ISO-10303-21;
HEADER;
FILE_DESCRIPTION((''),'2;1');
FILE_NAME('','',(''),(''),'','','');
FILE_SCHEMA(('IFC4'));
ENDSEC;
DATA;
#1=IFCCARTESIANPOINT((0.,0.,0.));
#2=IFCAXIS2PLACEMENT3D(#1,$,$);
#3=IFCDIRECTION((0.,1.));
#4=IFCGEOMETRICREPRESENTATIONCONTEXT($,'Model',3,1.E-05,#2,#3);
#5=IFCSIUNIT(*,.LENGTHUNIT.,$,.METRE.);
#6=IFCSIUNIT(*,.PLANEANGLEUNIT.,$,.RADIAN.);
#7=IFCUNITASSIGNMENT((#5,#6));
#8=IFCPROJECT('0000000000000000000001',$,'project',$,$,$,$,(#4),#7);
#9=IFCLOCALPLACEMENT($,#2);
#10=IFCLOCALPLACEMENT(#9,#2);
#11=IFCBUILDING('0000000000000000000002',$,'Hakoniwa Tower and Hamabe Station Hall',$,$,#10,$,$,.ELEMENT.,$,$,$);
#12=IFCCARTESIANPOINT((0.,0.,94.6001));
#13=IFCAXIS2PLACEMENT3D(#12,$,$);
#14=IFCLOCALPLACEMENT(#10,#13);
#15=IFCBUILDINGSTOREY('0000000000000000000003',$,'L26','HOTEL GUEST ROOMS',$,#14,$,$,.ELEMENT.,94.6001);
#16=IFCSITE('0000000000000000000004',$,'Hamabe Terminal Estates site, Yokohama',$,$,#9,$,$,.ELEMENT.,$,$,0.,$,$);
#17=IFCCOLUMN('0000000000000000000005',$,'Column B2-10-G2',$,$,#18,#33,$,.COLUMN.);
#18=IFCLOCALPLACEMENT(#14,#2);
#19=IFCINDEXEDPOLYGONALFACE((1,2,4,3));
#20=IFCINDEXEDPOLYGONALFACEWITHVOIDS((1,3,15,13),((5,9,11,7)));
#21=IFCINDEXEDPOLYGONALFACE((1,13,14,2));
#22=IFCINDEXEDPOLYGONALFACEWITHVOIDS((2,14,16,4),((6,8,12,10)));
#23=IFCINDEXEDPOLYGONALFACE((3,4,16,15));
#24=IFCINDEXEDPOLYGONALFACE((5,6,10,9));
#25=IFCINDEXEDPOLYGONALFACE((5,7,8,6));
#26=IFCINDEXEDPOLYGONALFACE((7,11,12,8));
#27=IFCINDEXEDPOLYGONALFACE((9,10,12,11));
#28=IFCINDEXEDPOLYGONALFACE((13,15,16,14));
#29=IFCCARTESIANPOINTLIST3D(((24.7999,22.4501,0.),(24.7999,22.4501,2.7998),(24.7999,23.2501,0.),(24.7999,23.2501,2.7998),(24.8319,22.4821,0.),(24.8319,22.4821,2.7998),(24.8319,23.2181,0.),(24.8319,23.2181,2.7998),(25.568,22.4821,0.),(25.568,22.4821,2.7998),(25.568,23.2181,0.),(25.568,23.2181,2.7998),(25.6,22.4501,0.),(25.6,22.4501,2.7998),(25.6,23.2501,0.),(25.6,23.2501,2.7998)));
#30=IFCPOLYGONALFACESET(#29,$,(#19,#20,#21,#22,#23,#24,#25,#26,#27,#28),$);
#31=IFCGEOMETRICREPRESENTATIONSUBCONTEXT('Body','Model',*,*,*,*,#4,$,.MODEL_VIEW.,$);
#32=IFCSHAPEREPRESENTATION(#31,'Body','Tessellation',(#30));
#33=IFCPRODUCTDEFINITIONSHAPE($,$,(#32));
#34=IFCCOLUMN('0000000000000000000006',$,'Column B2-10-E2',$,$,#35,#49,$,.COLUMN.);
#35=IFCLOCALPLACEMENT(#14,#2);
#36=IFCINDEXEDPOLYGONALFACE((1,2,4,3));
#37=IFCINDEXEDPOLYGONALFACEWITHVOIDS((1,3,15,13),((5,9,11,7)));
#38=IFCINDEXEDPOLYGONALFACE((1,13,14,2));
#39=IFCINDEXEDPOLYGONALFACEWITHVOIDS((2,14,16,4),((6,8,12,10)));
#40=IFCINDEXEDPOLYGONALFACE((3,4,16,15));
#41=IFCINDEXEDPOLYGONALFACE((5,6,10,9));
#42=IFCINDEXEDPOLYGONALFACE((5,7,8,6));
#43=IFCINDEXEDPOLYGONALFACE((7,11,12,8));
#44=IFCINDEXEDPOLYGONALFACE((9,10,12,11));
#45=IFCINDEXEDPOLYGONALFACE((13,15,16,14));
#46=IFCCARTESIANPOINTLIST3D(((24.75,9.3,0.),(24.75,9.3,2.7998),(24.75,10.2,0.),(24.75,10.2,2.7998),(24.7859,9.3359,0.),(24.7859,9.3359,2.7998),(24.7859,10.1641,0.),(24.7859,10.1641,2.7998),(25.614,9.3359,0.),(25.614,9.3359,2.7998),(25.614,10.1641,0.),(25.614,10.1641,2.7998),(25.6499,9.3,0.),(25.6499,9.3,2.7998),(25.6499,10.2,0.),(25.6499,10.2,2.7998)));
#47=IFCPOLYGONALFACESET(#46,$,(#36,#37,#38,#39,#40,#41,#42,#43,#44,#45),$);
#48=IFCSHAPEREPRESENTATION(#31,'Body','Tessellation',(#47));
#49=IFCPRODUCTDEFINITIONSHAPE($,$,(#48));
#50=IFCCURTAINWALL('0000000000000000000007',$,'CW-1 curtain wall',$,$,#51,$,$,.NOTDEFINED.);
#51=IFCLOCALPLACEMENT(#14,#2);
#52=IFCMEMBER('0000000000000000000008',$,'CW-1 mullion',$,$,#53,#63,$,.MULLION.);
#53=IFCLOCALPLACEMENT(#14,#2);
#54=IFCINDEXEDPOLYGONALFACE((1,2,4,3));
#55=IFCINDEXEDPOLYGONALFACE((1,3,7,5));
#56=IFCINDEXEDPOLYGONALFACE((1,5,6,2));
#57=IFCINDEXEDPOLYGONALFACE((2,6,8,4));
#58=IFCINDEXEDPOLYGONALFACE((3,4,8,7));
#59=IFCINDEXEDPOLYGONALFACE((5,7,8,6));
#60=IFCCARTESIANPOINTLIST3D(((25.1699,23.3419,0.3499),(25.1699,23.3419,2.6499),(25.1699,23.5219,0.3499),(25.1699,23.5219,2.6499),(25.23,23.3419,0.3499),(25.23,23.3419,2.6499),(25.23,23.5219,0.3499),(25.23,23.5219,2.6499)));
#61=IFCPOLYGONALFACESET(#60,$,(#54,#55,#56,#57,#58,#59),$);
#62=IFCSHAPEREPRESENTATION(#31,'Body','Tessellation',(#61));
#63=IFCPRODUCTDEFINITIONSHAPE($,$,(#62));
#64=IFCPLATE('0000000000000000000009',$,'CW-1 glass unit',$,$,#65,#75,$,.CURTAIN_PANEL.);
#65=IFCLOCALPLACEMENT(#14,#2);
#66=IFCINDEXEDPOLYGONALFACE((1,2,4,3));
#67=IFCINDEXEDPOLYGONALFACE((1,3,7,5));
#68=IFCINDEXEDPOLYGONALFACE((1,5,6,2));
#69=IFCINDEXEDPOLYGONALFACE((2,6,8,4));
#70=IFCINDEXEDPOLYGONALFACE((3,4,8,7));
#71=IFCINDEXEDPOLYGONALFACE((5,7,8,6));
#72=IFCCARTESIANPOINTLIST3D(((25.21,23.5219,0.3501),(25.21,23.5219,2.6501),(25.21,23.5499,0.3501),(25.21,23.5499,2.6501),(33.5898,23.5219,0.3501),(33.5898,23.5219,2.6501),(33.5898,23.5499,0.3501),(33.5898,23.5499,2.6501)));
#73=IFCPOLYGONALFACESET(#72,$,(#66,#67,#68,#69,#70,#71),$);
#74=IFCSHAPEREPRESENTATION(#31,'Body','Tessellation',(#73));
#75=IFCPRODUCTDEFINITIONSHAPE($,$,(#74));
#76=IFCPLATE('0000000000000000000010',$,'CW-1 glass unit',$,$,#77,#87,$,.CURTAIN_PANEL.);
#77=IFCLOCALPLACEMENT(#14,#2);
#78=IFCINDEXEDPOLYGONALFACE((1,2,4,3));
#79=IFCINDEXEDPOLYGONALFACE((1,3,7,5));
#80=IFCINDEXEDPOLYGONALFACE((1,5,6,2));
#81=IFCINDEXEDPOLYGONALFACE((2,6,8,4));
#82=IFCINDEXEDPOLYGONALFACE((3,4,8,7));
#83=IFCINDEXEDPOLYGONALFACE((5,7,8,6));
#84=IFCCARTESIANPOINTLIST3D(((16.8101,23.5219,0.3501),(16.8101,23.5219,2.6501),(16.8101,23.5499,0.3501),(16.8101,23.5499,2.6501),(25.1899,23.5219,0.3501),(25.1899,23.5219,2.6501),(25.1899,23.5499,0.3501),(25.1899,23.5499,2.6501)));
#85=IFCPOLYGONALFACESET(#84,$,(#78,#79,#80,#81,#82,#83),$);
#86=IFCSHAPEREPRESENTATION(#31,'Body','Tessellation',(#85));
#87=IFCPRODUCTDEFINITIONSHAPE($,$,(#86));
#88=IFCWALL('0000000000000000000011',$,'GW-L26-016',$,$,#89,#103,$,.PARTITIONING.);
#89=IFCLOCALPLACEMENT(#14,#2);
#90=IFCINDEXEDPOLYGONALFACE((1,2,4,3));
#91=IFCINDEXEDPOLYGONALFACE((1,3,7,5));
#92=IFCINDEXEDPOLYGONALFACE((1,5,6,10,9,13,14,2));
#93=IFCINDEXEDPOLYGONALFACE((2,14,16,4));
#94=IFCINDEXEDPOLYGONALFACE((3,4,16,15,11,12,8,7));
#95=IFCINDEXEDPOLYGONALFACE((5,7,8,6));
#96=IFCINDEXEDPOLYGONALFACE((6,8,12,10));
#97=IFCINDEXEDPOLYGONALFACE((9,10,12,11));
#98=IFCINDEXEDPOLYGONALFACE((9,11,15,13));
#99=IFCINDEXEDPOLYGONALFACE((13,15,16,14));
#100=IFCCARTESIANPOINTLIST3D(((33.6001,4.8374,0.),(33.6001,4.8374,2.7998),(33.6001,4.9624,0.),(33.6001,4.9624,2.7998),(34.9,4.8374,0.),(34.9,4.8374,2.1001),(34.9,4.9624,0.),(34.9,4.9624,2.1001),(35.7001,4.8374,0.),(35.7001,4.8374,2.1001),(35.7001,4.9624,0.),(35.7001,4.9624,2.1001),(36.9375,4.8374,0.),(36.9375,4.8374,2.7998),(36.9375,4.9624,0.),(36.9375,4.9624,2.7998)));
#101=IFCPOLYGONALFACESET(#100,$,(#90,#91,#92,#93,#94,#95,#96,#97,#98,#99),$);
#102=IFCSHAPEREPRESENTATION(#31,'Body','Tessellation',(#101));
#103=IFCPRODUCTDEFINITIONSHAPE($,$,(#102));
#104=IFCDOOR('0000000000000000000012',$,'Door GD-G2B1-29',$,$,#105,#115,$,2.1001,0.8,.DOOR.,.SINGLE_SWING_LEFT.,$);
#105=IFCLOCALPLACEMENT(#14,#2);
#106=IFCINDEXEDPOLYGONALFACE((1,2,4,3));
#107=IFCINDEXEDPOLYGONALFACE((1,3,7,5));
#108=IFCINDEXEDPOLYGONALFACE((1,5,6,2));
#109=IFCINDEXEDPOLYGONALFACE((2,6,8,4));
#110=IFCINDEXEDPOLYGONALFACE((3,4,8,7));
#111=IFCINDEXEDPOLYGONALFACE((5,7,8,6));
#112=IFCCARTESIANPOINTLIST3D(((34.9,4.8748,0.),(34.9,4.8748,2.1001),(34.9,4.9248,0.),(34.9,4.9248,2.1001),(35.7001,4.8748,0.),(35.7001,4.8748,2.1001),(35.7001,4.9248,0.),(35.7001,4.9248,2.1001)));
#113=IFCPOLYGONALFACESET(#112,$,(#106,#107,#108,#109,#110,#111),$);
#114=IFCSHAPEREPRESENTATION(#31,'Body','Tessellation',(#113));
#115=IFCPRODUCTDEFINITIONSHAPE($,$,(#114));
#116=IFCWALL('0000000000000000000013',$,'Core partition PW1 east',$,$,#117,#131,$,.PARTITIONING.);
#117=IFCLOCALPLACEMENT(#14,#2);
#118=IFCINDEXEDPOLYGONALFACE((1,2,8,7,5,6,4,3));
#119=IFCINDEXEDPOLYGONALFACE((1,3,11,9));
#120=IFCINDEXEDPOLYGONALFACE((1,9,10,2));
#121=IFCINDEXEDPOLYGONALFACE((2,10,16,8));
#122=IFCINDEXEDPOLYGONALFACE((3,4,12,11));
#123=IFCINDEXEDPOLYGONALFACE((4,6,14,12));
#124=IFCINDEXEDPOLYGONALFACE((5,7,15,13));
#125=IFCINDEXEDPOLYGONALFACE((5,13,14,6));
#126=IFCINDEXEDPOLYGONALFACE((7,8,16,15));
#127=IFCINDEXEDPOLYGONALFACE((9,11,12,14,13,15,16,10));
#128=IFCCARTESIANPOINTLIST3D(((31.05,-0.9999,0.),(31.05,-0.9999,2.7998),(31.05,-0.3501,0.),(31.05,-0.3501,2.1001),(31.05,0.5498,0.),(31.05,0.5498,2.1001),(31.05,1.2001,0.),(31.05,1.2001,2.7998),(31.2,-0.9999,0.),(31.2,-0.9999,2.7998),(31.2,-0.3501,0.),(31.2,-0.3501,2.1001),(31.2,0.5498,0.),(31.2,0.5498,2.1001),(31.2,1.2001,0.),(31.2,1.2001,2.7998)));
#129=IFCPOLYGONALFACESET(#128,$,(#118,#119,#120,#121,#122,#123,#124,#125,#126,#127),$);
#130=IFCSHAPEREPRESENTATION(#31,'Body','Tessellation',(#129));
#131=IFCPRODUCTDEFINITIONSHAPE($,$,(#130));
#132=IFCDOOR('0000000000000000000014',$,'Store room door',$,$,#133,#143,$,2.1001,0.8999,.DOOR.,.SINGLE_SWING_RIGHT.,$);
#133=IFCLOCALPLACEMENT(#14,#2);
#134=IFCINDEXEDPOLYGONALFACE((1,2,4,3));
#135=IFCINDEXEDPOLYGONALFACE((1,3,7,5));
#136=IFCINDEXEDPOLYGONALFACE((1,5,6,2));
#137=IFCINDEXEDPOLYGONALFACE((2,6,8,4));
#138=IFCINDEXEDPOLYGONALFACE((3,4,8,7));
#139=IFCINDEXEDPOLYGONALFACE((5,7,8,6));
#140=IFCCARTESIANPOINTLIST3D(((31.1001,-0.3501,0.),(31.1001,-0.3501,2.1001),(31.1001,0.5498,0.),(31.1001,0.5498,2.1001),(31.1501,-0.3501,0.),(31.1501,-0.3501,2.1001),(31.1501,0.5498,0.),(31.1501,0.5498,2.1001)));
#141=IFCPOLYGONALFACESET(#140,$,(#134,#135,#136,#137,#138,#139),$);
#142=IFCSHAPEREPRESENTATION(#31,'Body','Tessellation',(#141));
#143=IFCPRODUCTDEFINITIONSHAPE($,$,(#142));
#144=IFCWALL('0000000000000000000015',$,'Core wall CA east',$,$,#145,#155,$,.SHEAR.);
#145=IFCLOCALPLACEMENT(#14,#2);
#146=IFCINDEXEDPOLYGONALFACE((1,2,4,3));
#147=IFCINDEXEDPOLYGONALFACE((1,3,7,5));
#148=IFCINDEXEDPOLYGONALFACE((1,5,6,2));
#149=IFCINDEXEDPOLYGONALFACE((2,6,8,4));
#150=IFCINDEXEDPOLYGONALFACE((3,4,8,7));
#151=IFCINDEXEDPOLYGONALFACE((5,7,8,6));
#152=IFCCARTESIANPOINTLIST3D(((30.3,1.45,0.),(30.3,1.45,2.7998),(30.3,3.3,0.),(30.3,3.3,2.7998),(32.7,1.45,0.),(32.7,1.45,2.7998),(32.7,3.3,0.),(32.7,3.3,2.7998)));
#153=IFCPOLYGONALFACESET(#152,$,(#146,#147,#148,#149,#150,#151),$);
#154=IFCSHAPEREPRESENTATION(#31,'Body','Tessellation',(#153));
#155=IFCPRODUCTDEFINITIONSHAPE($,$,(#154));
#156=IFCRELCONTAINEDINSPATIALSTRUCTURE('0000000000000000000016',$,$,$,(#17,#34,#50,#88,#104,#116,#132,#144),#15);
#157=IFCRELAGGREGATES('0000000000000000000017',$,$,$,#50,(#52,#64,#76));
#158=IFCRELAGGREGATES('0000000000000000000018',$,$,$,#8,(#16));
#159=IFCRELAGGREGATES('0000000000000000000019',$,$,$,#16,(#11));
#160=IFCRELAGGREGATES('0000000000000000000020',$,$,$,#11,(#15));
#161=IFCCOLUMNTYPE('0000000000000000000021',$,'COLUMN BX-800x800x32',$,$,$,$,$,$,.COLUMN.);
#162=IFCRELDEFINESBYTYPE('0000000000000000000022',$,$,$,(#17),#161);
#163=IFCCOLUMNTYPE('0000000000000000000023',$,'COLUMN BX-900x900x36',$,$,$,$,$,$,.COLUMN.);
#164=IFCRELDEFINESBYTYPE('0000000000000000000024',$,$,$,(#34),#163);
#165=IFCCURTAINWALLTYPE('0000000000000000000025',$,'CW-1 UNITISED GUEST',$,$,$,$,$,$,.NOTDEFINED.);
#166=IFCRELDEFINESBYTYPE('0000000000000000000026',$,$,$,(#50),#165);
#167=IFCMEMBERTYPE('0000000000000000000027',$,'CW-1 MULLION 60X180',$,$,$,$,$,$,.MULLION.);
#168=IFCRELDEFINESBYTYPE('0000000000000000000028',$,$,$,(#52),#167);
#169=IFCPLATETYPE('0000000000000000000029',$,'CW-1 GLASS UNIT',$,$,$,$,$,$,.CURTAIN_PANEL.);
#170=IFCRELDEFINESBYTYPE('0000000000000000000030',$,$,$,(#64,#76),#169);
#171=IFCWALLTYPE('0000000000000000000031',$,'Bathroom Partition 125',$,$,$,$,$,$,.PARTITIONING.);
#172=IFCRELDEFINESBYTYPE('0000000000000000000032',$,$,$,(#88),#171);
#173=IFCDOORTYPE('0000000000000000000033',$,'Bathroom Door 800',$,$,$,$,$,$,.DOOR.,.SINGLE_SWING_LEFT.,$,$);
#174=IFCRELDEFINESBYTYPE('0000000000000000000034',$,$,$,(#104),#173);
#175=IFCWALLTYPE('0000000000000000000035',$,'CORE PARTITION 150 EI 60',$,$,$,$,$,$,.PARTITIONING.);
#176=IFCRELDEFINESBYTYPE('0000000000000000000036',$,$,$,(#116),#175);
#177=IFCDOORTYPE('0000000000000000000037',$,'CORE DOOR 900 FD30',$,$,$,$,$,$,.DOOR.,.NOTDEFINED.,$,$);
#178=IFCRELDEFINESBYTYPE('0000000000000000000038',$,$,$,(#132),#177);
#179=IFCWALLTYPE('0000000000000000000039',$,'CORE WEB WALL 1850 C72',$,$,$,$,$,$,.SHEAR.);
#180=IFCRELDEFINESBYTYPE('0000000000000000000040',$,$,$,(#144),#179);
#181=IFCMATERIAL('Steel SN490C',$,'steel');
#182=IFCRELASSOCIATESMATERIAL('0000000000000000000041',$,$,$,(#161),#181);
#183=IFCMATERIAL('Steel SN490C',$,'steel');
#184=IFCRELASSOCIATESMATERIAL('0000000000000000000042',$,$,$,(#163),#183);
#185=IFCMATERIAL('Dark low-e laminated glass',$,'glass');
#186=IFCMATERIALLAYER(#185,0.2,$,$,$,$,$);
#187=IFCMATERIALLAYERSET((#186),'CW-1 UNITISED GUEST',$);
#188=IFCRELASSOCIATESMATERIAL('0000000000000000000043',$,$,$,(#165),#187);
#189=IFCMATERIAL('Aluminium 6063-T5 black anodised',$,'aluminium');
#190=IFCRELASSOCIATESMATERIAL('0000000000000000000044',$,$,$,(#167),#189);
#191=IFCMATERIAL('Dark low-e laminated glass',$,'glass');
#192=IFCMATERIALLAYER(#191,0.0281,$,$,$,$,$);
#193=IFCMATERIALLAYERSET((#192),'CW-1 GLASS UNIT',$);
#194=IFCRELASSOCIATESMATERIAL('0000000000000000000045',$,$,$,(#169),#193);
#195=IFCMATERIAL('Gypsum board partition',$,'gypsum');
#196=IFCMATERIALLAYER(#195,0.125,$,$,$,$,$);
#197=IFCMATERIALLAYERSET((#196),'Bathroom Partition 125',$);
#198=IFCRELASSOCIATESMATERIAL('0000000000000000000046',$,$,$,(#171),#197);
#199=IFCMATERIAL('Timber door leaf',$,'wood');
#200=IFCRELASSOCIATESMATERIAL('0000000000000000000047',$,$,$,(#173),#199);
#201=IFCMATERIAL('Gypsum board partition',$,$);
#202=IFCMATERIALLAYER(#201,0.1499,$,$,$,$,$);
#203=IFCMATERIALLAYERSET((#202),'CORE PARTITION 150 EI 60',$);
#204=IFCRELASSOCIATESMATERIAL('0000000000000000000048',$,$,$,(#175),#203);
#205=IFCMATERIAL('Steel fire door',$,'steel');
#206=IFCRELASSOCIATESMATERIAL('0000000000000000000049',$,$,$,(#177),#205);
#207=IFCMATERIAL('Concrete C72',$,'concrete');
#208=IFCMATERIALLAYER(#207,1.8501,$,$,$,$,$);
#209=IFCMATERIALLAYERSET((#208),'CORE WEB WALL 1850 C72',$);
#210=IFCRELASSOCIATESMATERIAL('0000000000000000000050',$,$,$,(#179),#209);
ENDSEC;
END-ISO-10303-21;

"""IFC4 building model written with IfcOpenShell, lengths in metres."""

from ifc_helpers import new_model, si_unit, direction, frame, frame_2d, origin, origin_2d, place, context, subcontext, project, spatial, rectangle, hollow_rectangle, extrude, material, layer, layer_set, material_profile, profile_set, type_object, element, fill, aggregate, save


model = new_model("IFC4")

# Units and contexts
model_context = context("Model", 3, precision=1e-05, world=origin(), true_north=direction((0.0, 1.0)))
body_context = subcontext(model_context, "Body", "Model", "MODEL_VIEW")
ifc_project = project(units=[si_unit("LENGTHUNIT", "METRE"), si_unit("PLANEANGLEUNIT", "RADIAN")], contexts=[model_context])

# Site, building, storey
site_placement = place(None, origin())
site = spatial("IfcSite", under=ifc_project, at=site_placement, Name="Hamabe Terminal Estates site, Yokohama", CompositionType="ELEMENT", RefElevation=0.0)
building_placement = place(site_placement, origin())
building = spatial("IfcBuilding", under=site, at=building_placement, Name="Hakoniwa Tower and Hamabe Station Hall", CompositionType="ELEMENT")
storey_placement = place(building_placement, frame((0.0, 0.0, 94.6001)))
storey = spatial("IfcBuildingStorey", under=building, at=storey_placement, Name="L26", Description="HOTEL GUEST ROOMS", CompositionType="ELEMENT", Elevation=94.6001)

# Columns
ifc_material_1 = material(Name="Steel SN490C", Category="steel")
ifc_material_profile_1 = material_profile(ifc_material_1, hollow_rectangle(XDim=0.8, YDim=0.8, WallThickness=0.032, at=origin_2d()), Name="BX-800x800x32")
ifc_profile_set_1 = profile_set([ifc_material_profile_1], Name="Steel SN490C")
column_type_1 = type_object("IfcColumnType", Name="COLUMN BX-800x800x32", PredefinedType="COLUMN", material=ifc_profile_set_1)
column_1_placement = place(storey_placement, frame((25.2, 22.8501, 0.0), z_axis=(0.0, 0.0, 1.0), x_axis=(1.0, 0.0, 0.0)))
element("IfcColumn", 1, at=column_1_placement, inside=storey, type_object=column_type_1, Name="Column B2-10-G2", PredefinedType="COLUMN", context=body_context, shape_type="SweptSolid", body=[
    extrude(hollow_rectangle(XDim=0.8, YDim=0.8, WallThickness=0.032, at=origin_2d()), origin(), (0.0, 0.0, 1.0), 2.7998),
])
ifc_material_2 = material(Name="Steel SN490C", Category="steel")
ifc_material_profile_2 = material_profile(ifc_material_2, hollow_rectangle(XDim=0.8999, YDim=0.8999, WallThickness=0.0359, at=origin_2d()), Name="BX-900x900x36")
ifc_profile_set_2 = profile_set([ifc_material_profile_2], Name="Steel SN490C")
column_type_2 = type_object("IfcColumnType", Name="COLUMN BX-900x900x36", PredefinedType="COLUMN", material=ifc_profile_set_2)
column_2_placement = place(storey_placement, frame((25.2, 9.75, 0.0), z_axis=(0.0, 0.0, 1.0), x_axis=(1.0, 0.0, 0.0)))
element("IfcColumn", 2, at=column_2_placement, inside=storey, type_object=column_type_2, Name="Column B2-10-E2", PredefinedType="COLUMN", context=body_context, shape_type="SweptSolid", body=[
    extrude(hollow_rectangle(XDim=0.8999, YDim=0.8999, WallThickness=0.0359, at=origin_2d()), origin(), (0.0, 0.0, 1.0), 2.7998),
])

# Curtain wall, member, plates
ifc_material_3 = material(Name="Dark low-e laminated glass", Category="glass")
ifc_layer_1 = layer(ifc_material_3, 0.2)
ifc_layer_set_1 = layer_set([ifc_layer_1], Name="CW-1 UNITISED GUEST")
curtain_wall_type = type_object("IfcCurtainWallType", Name="CW-1 UNITISED GUEST", PredefinedType="NOTDEFINED", material=ifc_layer_set_1)
curtain_wall_placement = place(storey_placement, origin())
curtain_wall = element("IfcCurtainWall", 3, at=curtain_wall_placement, inside=storey, type_object=curtain_wall_type, Name="CW-1 curtain wall", PredefinedType="NOTDEFINED")
ifc_material_4 = material(Name="Aluminium 6063-T5 black anodised", Category="aluminium")
ifc_material_profile_3 = material_profile(ifc_material_4, rectangle(XDim=0.0601, YDim=0.1799, at=origin_2d()), Name="CW-1 MULLION 60X180")
ifc_profile_set_3 = profile_set([ifc_material_profile_3], Name="Aluminium 6063-T5 black anodised")
member_type = type_object("IfcMemberType", Name="CW-1 MULLION 60X180", PredefinedType="MULLION", material=ifc_profile_set_3)
member_placement = place(storey_placement, frame((25.2, 23.4319, 0.3499), z_axis=(0.0, 0.0, 1.0), x_axis=(-1.0, 0.0, 0.0)))
member = element("IfcMember", 4, at=member_placement, type_object=member_type, Name="CW-1 mullion", PredefinedType="MULLION", context=body_context, shape_type="SweptSolid", body=[
    extrude(rectangle(XDim=0.0601, YDim=0.1799, at=origin_2d()), origin(), (0.0, 0.0, 1.0), 2.3),
])
ifc_material_5 = material(Name="Dark low-e laminated glass", Category="glass")
ifc_layer_2 = layer(ifc_material_5, 0.0281)
ifc_layer_set_2 = layer_set([ifc_layer_2], Name="CW-1 GLASS UNIT")
plate_type = type_object("IfcPlateType", Name="CW-1 GLASS UNIT", PredefinedType="CURTAIN_PANEL", material=ifc_layer_set_2)
plate_1_placement = place(storey_placement, frame((29.3999, 23.5359, 0.3501), z_axis=(0.0, 0.0, 1.0), x_axis=(-1.0, 0.0, 0.0)))
plate_1 = element("IfcPlate", 5, at=plate_1_placement, type_object=plate_type, Name="CW-1 glass unit", PredefinedType="CURTAIN_PANEL", context=body_context, shape_type="SweptSolid", body=[
    extrude(rectangle(XDim=8.3799, YDim=0.0281, at=origin_2d()), origin(), (0.0, 0.0, 1.0), 2.3),
])
plate_2_placement = place(storey_placement, frame((21.0, 23.5359, 0.3501), z_axis=(0.0, 0.0, 1.0), x_axis=(-1.0, 0.0, 0.0)))
plate_2 = element("IfcPlate", 6, at=plate_2_placement, type_object=plate_type, Name="CW-1 glass unit", PredefinedType="CURTAIN_PANEL", context=body_context, shape_type="SweptSolid", body=[
    extrude(rectangle(XDim=8.3799, YDim=0.0281, at=origin_2d()), origin(), (0.0, 0.0, 1.0), 2.3),
])
aggregate(curtain_wall, [member, plate_1, plate_2])

# Walls, openings, doors
ifc_material_6 = material(Name="Gypsum board partition", Category="gypsum")
ifc_layer_3 = layer(ifc_material_6, 0.125)
ifc_layer_set_3 = layer_set([ifc_layer_3], Name="Bathroom Partition 125")
wall_type_1 = type_object("IfcWallType", Name="Bathroom Partition 125", PredefinedType="PARTITIONING", material=ifc_layer_set_3)
wall_1_placement = place(storey_placement, frame((33.6001, 4.8999, 0.0), z_axis=(0.0, 0.0, 1.0), x_axis=(1.0, 0.0, 0.0)))
wall_1 = element("IfcWall", 7, at=wall_1_placement, inside=storey, type_object=wall_type_1, Name="GW-L26-016", PredefinedType="PARTITIONING", context=body_context, shape_type="SweptSolid", body=[
    extrude(rectangle(XDim=3.3374, YDim=0.125, at=frame_2d((1.6687, 0.0))), origin(), (0.0, 0.0, 1.0), 2.7998),
])
opening_1_placement = place(wall_1_placement, frame((1.3, 0.0, 0.0)))
opening_1 = element("IfcOpeningElement", 8, at=opening_1_placement, cuts=wall_1, PredefinedType="OPENING", context=body_context, shape_type="SweptSolid", body=[
    extrude(rectangle(XDim=0.8, YDim=2.1001, at=frame_2d((0.3999, 1.05))), frame((0.0, 0.0725, 0.0), z_axis=(0.0, -1.0, 0.0), x_axis=(1.0, 0.0, 0.0)), (0.0, 0.0, 1.0), 0.145),
])
ifc_material_7 = material(Name="Timber door leaf", Category="wood")
door_type_1 = type_object("IfcDoorType", Name="Bathroom Door 800", OperationType="SINGLE_SWING_LEFT", PredefinedType="DOOR", material=ifc_material_7)
door_1_placement = place(opening_1_placement, origin())
door_1 = element("IfcDoor", 9, at=door_1_placement, inside=storey, type_object=door_type_1, Name="Door GD-G2B1-29", OperationType="SINGLE_SWING_LEFT", OverallHeight=2.1001, OverallWidth=0.8, PredefinedType="DOOR", context=body_context, shape_type="SweptSolid", body=[
    extrude(rectangle(XDim=0.8, YDim=2.1001, at=frame_2d((0.3999, 1.05))), frame((0.0, 0.0249, 0.0), z_axis=(0.0, -1.0, 0.0), x_axis=(1.0, 0.0, 0.0)), (0.0, 0.0, 1.0), 0.05),
])
fill(opening_1, door_1)
ifc_material_8 = material(Name="Gypsum board partition")
ifc_layer_4 = layer(ifc_material_8, 0.1499)
ifc_layer_set_4 = layer_set([ifc_layer_4], Name="CORE PARTITION 150 EI 60")
wall_type_2 = type_object("IfcWallType", Name="CORE PARTITION 150 EI 60", PredefinedType="PARTITIONING", material=ifc_layer_set_4)
wall_2_placement = place(storey_placement, frame((31.125, -1.0, 0.0), z_axis=(0.0, 0.0, 1.0), x_axis=(0.0, 1.0, 0.0)))
wall_2 = element("IfcWall", 10, at=wall_2_placement, inside=storey, type_object=wall_type_2, Name="Core partition PW1 east", PredefinedType="PARTITIONING", context=body_context, shape_type="SweptSolid", body=[
    extrude(rectangle(XDim=2.2, YDim=0.1499, at=frame_2d((1.1001, 0.0))), origin(), (0.0, 0.0, 1.0), 2.7998),
])
opening_2_placement = place(wall_2_placement, frame((0.6499, 0.0, 0.0)))
opening_2 = element("IfcOpeningElement", 11, at=opening_2_placement, cuts=wall_2, PredefinedType="OPENING", context=body_context, shape_type="SweptSolid", body=[
    extrude(rectangle(XDim=0.8999, YDim=2.1001, at=frame_2d((0.45, 1.05))), frame((0.0, 0.085, 0.0), z_axis=(0.0, -1.0, 0.0), x_axis=(1.0, 0.0, 0.0)), (0.0, 0.0, 1.0), 0.1699),
])
ifc_material_9 = material(Name="Steel fire door", Category="steel")
door_type_2 = type_object("IfcDoorType", Name="CORE DOOR 900 FD30", OperationType="NOTDEFINED", PredefinedType="DOOR", material=ifc_material_9)
door_2_placement = place(opening_2_placement, origin())
door_2 = element("IfcDoor", 12, at=door_2_placement, inside=storey, type_object=door_type_2, Name="Store room door", OperationType="SINGLE_SWING_RIGHT", OverallHeight=2.1001, OverallWidth=0.8999, PredefinedType="DOOR", context=body_context, shape_type="SweptSolid", body=[
    extrude(rectangle(XDim=0.8999, YDim=2.1001, at=frame_2d((0.45, 1.05))), frame((0.0, 0.0249, 0.0), z_axis=(0.0, -1.0, 0.0), x_axis=(1.0, 0.0, 0.0)), (0.0, 0.0, 1.0), 0.05),
])
fill(opening_2, door_2)

# Wall
ifc_material_10 = material(Name="Concrete C72", Category="concrete")
ifc_layer_5 = layer(ifc_material_10, 1.8501)
ifc_layer_set_5 = layer_set([ifc_layer_5], Name="CORE WEB WALL 1850 C72")
wall_type_3 = type_object("IfcWallType", Name="CORE WEB WALL 1850 C72", PredefinedType="SHEAR", material=ifc_layer_set_5)
wall_3_placement = place(storey_placement, frame((30.3, 2.375, 0.0), z_axis=(0.0, 0.0, 1.0), x_axis=(1.0, 0.0, 0.0)))
element("IfcWall", 13, at=wall_3_placement, inside=storey, type_object=wall_type_3, Name="Core wall CA east", PredefinedType="SHEAR", context=body_context, shape_type="SweptSolid", body=[
    extrude(rectangle(XDim=2.3999, YDim=1.8501, at=frame_2d((1.2, 0.0))), origin(), (0.0, 0.0, 1.0), 2.7998),
])

save(model, "model.ifc")
